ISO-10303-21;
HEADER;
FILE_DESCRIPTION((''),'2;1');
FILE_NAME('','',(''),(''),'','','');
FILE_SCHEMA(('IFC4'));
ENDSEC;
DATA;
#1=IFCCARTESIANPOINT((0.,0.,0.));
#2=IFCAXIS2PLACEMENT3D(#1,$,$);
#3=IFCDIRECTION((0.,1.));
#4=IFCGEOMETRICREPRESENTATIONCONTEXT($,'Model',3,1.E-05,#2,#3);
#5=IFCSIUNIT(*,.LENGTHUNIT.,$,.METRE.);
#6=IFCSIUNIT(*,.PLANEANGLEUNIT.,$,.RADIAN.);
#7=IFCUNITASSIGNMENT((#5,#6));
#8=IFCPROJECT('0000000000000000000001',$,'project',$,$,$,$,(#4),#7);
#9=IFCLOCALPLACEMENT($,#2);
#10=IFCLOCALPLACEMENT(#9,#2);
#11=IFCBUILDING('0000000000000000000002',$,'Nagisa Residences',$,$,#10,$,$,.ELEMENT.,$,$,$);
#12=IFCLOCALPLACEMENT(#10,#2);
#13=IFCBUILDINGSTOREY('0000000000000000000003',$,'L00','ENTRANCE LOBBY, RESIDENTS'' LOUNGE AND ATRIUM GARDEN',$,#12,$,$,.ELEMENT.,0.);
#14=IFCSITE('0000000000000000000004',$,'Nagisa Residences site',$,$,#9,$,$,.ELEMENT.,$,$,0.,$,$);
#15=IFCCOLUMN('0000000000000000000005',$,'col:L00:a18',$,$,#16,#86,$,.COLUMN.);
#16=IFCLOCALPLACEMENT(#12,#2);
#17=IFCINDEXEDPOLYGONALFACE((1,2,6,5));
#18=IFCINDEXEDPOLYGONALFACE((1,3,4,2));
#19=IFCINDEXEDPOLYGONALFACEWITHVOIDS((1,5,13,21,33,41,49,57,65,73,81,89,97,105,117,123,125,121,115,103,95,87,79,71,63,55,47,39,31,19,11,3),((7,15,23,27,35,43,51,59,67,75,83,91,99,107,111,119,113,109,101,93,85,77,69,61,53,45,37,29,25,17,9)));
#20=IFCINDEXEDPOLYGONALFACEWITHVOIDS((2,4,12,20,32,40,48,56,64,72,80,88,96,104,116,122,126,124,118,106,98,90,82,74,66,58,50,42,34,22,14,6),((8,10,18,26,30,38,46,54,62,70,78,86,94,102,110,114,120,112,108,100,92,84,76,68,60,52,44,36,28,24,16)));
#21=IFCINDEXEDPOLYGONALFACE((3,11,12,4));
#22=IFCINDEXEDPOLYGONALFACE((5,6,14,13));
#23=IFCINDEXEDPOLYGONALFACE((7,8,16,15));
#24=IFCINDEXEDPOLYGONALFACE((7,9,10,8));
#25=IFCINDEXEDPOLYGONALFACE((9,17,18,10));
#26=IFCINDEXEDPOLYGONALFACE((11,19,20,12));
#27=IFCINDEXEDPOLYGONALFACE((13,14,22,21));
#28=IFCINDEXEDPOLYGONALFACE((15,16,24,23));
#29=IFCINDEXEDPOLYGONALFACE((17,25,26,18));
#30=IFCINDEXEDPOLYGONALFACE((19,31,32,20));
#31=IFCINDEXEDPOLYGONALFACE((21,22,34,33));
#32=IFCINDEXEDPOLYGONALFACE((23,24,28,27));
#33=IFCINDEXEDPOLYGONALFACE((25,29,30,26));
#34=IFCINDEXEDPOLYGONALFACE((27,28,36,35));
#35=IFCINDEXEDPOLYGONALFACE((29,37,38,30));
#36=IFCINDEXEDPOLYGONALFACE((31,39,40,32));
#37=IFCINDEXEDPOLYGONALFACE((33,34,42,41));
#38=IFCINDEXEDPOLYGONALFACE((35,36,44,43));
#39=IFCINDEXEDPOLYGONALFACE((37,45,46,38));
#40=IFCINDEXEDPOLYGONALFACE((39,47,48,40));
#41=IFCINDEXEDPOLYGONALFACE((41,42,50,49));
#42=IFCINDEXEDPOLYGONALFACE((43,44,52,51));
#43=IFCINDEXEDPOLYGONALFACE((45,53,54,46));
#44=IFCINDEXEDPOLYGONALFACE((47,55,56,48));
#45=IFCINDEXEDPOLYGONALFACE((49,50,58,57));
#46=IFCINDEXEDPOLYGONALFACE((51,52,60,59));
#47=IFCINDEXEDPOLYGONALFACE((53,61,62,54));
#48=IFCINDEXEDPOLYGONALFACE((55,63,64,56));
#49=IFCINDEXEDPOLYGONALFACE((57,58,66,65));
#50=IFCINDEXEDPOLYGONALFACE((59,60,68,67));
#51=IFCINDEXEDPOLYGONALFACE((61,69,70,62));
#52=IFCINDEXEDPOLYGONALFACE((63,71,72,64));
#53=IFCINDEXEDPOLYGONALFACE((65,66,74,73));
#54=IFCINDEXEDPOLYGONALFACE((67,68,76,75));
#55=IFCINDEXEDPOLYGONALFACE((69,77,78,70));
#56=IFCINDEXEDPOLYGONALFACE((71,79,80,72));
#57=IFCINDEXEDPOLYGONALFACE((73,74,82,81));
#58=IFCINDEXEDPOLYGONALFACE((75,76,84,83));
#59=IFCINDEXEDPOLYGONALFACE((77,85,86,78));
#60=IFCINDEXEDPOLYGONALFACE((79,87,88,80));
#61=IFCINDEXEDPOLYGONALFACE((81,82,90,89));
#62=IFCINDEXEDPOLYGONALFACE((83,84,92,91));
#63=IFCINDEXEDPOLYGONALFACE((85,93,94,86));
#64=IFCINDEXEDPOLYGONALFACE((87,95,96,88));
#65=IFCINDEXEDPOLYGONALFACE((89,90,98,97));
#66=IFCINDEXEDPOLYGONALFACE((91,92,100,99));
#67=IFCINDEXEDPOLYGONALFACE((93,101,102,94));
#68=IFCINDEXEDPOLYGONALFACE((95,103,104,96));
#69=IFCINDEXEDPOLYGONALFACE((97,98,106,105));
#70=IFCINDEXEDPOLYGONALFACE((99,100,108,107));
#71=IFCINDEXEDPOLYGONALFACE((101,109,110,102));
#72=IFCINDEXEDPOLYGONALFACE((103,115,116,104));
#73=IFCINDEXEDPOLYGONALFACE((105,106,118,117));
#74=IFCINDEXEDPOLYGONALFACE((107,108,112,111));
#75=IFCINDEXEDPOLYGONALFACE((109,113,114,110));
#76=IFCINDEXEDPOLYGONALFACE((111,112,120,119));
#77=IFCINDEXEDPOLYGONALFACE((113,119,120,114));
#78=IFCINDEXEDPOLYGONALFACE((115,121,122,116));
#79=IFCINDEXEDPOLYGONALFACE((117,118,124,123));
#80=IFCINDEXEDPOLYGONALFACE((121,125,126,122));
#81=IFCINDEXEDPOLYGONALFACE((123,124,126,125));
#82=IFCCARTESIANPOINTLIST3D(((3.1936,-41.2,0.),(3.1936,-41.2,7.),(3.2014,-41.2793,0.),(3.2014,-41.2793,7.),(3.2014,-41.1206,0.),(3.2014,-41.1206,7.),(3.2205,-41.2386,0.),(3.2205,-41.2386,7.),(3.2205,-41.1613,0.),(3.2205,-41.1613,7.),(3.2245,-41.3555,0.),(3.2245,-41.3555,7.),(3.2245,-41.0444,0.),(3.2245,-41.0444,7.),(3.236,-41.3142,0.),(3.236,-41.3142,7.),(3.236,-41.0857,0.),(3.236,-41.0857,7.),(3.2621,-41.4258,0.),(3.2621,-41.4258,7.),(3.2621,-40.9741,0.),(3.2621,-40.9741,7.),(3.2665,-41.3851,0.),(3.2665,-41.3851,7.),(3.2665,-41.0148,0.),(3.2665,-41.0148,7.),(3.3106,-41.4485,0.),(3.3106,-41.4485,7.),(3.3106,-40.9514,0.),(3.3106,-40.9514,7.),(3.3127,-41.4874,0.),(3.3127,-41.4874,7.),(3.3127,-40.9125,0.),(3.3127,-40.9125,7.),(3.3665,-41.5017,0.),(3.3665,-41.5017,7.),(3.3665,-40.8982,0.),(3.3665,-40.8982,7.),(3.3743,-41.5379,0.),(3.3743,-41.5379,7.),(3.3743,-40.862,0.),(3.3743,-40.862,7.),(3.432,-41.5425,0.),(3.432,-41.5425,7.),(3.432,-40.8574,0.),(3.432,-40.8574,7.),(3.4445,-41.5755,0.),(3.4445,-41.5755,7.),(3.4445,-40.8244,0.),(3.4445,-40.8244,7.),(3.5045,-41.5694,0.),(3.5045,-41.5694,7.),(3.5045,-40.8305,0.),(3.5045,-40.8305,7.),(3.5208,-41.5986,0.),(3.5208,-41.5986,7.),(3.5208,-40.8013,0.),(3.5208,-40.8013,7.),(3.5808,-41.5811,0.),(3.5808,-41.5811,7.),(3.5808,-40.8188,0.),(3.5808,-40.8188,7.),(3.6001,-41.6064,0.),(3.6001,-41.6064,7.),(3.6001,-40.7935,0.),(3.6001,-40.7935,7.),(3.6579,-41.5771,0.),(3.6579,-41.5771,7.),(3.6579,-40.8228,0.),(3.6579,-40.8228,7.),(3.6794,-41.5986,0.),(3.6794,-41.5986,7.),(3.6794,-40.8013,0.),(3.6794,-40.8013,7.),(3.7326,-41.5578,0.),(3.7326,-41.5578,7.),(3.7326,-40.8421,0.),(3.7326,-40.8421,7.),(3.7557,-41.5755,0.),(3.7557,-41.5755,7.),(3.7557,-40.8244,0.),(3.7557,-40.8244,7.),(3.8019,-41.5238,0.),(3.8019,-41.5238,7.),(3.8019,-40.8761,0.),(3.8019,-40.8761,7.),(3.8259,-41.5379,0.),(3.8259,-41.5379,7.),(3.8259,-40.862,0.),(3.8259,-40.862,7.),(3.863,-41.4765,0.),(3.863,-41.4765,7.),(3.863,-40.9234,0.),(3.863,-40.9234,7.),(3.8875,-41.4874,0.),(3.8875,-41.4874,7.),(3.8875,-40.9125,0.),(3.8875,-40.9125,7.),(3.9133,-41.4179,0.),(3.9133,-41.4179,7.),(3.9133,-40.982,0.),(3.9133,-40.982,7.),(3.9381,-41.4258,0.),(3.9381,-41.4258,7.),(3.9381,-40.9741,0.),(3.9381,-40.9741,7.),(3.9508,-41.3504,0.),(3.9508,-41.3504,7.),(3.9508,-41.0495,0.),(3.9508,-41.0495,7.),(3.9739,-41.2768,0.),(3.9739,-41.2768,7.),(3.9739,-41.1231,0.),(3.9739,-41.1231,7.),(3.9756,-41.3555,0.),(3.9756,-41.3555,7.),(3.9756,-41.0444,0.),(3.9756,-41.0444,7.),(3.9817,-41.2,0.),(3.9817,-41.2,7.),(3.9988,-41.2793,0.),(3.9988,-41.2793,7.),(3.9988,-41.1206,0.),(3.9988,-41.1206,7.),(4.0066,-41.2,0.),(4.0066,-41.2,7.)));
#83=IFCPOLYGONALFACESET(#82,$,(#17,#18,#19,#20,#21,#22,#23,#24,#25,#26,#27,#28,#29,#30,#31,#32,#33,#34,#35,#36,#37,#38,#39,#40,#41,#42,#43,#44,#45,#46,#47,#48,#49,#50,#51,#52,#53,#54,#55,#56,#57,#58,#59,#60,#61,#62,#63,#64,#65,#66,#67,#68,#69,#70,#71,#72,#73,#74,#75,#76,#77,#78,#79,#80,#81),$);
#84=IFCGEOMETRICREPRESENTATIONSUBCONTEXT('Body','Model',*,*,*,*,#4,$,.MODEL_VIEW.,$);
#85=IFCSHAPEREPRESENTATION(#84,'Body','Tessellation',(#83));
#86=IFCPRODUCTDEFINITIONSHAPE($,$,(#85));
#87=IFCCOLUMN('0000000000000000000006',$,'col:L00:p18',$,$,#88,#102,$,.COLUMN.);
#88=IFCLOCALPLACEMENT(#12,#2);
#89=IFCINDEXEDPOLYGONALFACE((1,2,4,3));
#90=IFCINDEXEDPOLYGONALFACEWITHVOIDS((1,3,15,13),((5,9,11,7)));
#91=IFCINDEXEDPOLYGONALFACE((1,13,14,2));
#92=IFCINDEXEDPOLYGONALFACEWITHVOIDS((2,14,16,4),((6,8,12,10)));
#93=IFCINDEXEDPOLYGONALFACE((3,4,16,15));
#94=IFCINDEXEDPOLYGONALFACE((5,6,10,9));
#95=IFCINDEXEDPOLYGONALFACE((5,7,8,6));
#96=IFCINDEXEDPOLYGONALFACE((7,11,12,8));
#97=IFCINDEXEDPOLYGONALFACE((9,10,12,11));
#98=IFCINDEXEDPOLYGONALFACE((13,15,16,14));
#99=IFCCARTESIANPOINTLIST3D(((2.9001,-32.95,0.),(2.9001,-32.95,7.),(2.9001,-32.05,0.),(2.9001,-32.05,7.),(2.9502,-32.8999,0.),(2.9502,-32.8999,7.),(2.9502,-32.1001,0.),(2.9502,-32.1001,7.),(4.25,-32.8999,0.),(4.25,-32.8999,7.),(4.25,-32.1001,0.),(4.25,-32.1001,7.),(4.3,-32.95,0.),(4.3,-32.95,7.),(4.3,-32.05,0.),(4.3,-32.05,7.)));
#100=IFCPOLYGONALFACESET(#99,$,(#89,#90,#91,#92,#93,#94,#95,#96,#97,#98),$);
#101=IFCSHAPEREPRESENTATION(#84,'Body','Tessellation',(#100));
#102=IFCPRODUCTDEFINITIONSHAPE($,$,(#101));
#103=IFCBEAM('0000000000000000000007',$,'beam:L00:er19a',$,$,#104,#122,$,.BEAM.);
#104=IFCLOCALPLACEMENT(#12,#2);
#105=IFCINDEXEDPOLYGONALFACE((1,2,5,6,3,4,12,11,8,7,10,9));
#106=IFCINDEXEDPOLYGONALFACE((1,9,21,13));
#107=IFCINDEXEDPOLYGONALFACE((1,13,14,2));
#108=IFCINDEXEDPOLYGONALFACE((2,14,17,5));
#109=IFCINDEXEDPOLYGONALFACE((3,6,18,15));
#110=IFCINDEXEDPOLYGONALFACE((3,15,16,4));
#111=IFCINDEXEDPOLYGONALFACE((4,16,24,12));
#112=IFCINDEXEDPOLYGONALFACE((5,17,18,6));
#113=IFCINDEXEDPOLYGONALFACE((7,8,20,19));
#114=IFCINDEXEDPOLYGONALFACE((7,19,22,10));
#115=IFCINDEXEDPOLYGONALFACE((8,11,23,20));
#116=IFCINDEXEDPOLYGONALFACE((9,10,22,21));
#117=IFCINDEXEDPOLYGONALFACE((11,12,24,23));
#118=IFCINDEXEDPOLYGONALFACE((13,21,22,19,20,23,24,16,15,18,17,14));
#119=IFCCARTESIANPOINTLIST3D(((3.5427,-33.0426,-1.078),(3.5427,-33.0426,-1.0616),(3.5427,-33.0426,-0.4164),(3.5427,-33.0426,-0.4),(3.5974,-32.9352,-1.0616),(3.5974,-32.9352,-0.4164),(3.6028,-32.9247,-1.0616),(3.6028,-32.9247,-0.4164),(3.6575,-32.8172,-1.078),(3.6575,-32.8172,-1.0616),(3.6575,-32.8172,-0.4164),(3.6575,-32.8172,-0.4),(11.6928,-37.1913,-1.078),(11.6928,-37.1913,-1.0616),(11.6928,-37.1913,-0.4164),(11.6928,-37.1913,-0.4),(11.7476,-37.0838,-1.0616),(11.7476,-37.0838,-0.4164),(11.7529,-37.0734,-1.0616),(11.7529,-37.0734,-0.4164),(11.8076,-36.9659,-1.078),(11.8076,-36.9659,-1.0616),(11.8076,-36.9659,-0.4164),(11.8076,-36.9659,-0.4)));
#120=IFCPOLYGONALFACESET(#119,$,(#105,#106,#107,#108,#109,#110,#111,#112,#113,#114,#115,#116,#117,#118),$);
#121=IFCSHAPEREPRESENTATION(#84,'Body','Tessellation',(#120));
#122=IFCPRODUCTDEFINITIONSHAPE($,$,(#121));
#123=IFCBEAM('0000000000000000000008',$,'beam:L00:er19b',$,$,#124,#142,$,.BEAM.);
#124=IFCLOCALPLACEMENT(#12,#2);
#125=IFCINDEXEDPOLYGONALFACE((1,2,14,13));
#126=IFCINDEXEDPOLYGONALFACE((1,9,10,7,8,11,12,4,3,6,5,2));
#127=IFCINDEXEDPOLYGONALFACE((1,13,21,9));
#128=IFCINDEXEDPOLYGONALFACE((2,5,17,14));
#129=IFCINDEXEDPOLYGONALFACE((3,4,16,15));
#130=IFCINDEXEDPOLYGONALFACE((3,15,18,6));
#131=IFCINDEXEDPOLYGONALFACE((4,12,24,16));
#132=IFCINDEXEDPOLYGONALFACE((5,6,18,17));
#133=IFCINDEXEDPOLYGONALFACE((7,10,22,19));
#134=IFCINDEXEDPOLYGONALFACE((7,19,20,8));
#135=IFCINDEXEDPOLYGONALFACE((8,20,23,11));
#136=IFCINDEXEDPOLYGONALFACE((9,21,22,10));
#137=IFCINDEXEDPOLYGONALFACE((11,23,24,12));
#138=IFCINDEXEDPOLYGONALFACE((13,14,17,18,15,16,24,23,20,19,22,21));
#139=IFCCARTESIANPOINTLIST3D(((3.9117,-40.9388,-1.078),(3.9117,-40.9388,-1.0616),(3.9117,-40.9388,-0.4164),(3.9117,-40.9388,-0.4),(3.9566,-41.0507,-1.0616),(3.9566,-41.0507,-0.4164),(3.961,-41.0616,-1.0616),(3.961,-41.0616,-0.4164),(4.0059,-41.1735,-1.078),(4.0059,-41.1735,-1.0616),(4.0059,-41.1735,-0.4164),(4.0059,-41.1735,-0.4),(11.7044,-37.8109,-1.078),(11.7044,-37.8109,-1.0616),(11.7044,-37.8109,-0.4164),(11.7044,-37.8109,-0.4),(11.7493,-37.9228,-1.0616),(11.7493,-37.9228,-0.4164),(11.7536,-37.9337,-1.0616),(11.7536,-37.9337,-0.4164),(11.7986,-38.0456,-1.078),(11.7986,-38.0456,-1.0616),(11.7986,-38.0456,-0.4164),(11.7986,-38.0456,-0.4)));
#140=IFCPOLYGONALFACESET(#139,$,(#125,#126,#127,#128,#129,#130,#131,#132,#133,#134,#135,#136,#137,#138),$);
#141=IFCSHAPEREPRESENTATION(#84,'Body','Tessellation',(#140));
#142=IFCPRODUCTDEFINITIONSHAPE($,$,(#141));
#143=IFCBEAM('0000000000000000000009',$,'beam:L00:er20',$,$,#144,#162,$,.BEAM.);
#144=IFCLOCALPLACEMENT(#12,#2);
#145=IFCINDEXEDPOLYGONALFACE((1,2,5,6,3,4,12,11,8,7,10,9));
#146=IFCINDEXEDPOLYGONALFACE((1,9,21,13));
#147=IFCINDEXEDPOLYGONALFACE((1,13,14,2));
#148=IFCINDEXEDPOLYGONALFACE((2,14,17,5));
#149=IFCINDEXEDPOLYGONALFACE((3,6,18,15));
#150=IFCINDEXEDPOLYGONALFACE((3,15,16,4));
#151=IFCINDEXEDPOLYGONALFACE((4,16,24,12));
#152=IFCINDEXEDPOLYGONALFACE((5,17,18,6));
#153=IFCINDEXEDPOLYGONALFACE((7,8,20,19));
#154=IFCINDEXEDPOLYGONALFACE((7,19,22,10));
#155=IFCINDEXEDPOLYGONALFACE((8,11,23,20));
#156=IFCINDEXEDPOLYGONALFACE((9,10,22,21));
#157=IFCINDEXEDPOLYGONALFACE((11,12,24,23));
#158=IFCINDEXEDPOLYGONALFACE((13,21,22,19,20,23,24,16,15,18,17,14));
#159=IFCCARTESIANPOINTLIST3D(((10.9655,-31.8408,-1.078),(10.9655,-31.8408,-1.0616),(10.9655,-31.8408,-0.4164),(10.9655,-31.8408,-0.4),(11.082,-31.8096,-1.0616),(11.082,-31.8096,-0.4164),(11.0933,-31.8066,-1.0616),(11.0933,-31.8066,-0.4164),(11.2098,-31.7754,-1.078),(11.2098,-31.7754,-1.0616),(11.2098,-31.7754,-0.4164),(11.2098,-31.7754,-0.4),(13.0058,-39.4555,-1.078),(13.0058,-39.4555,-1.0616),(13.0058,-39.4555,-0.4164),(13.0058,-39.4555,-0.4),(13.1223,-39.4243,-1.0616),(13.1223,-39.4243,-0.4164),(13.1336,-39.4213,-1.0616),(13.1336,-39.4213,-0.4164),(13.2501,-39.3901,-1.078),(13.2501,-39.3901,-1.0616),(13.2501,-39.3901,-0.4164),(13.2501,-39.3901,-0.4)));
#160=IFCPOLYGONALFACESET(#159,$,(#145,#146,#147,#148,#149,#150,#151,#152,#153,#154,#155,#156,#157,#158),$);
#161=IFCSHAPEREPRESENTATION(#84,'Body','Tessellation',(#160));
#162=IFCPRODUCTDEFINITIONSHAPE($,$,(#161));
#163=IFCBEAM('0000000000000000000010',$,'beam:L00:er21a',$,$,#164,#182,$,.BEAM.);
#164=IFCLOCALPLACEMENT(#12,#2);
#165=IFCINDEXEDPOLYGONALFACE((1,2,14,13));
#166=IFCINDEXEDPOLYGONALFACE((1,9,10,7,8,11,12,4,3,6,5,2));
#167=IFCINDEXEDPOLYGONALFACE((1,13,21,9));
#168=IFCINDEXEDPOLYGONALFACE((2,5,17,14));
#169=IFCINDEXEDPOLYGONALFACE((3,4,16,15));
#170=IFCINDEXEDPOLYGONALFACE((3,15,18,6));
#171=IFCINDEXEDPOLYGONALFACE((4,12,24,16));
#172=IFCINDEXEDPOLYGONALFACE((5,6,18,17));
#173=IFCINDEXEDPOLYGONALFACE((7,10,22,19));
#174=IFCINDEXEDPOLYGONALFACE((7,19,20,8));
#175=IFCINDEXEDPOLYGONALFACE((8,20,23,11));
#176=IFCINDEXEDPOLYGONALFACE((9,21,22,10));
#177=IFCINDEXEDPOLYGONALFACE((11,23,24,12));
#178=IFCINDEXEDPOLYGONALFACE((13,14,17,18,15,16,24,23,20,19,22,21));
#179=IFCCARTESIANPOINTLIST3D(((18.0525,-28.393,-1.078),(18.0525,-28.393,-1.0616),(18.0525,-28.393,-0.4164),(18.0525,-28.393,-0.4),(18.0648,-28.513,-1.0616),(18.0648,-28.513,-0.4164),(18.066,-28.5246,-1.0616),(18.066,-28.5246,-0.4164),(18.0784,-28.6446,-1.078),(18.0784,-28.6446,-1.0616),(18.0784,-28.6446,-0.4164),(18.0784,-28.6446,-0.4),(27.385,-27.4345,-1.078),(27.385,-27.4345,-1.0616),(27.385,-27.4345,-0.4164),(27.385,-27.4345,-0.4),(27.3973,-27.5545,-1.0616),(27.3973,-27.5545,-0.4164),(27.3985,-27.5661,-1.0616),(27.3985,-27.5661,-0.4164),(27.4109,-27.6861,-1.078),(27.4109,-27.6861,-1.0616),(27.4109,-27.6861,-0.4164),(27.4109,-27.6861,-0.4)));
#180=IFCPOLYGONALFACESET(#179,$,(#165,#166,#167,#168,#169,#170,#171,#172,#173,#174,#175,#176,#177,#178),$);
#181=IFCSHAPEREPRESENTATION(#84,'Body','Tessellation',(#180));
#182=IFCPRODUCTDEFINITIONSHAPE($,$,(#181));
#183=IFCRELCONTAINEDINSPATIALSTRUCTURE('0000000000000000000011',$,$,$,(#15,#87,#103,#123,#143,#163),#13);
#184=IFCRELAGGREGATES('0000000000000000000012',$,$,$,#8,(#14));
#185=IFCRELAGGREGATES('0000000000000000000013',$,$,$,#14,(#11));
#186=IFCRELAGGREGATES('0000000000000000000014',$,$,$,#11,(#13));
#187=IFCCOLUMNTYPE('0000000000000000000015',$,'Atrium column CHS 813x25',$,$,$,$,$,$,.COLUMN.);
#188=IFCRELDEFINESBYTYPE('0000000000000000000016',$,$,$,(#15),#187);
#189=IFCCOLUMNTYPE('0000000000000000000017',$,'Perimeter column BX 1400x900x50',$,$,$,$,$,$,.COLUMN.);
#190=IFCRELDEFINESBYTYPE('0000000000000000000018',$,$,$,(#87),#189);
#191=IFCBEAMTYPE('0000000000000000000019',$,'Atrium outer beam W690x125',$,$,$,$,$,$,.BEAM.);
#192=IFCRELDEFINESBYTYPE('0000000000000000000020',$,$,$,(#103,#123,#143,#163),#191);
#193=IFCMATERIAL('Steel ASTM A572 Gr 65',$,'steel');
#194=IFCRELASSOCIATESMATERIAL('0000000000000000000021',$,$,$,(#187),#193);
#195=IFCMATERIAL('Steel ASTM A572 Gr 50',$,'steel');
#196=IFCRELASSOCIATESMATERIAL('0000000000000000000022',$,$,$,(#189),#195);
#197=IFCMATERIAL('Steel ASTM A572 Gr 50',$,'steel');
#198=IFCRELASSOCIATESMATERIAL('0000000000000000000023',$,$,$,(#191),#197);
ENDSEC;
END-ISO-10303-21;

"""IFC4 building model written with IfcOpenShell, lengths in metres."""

from ifc_helpers import new_model, si_unit, direction, frame, origin, origin_2d, place, context, subcontext, project, spatial, hollow_rectangle, hollow_circle, i_section, extrude, material, material_profile, profile_set, type_object, element, save


model = new_model("IFC4")

# Units and contexts
model_context = context("Model", 3, precision=1e-05, world=origin(), true_north=direction((0.0, 1.0)))
body_context = subcontext(model_context, "Body", "Model", "MODEL_VIEW")
ifc_project = project(units=[si_unit("LENGTHUNIT", "METRE"), si_unit("PLANEANGLEUNIT", "RADIAN")], contexts=[model_context])

# Site, building, storey
site_placement = place(None, origin())
site = spatial("IfcSite", under=ifc_project, at=site_placement, Name="Nagisa Residences site", CompositionType="ELEMENT", RefElevation=0.0)
building_placement = place(site_placement, origin())
building = spatial("IfcBuilding", under=site, at=building_placement, Name="Nagisa Residences", CompositionType="ELEMENT")
storey_placement = place(building_placement, origin())
storey = spatial("IfcBuildingStorey", under=building, at=storey_placement, Name="L00", Description="ENTRANCE LOBBY, RESIDENTS' LOUNGE AND ATRIUM GARDEN", CompositionType="ELEMENT", Elevation=0.0)

# Columns
ifc_material_1 = material(Name="Steel ASTM A572 Gr 65", Category="steel")
ifc_material_profile_1 = material_profile(ifc_material_1, hollow_circle(Radius=0.4065, WallThickness=0.0249, at=origin_2d()), Name="CHS 813x25")
ifc_profile_set_1 = profile_set([ifc_material_profile_1], Name="Steel ASTM A572 Gr 65")
column_type_1 = type_object("IfcColumnType", Name="Atrium column CHS 813x25", PredefinedType="COLUMN", material=ifc_profile_set_1)
column_1_placement = place(storey_placement, frame((3.6001, -41.2, 0.0), z_axis=(0.0, 0.0, 1.0), x_axis=(1.0, 0.0, 0.0)))
element("IfcColumn", 1, at=column_1_placement, inside=storey, type_object=column_type_1, Name="col:L00:a18", PredefinedType="COLUMN", context=body_context, shape_type="SweptSolid", body=[
    extrude(hollow_circle(Radius=0.4065, WallThickness=0.0249, at=origin_2d()), origin(), (0.0, 0.0, 1.0), 7.0),
])
ifc_material_2 = material(Name="Steel ASTM A572 Gr 50", Category="steel")
ifc_material_profile_2 = material_profile(ifc_material_2, hollow_rectangle(XDim=1.3999, YDim=0.8999, WallThickness=0.05, at=origin_2d()), Name="BX 1400x900x50")
ifc_profile_set_2 = profile_set([ifc_material_profile_2], Name="Steel ASTM A572 Gr 50")
column_type_2 = type_object("IfcColumnType", Name="Perimeter column BX 1400x900x50", PredefinedType="COLUMN", material=ifc_profile_set_2)
column_2_placement = place(storey_placement, frame((3.6001, -32.5, 0.0), z_axis=(0.0, 0.0, 1.0), x_axis=(1.0, 0.0, 0.0)))
element("IfcColumn", 2, at=column_2_placement, inside=storey, type_object=column_type_2, Name="col:L00:p18", PredefinedType="COLUMN", context=body_context, shape_type="SweptSolid", body=[
    extrude(hollow_rectangle(XDim=1.3999, YDim=0.8999, WallThickness=0.05, at=origin_2d()), origin(), (0.0, 0.0, 1.0), 7.0),
])

# Beams
ifc_material_3 = material(Name="Steel ASTM A572 Gr 50", Category="steel")
ifc_material_profile_3 = material_profile(ifc_material_3, i_section(OverallWidth=0.2529, OverallDepth=0.678, WebThickness=0.0117, FlangeThickness=0.0164, at=origin_2d()), Name="W690x125")
ifc_profile_set_3 = profile_set([ifc_material_profile_3], Name="Steel ASTM A572 Gr 50")
beam_type_1 = type_object("IfcBeamType", Name="Atrium outer beam W690x125", PredefinedType="BEAM", material=ifc_profile_set_3)
beam_1_placement = place(storey_placement, frame((3.6001, -32.9299, -0.739), z_axis=(0.891185, -0.453641, 0.0), x_axis=(0.453641, 0.891185, 0.0)))
element("IfcBeam", 3, at=beam_1_placement, inside=storey, type_object=beam_type_1, Name="beam:L00:er19a", PredefinedType="BEAM", context=body_context, shape_type="SweptSolid", body=[
    extrude(i_section(OverallWidth=0.2529, OverallDepth=0.678, WebThickness=0.0117, FlangeThickness=0.0164, at=origin_2d()), origin(), (0.0, 0.0, 1.0), 9.1453),
])
beam_2_placement = place(storey_placement, frame((11.7515, -37.9282, -0.739), z_axis=(-0.928031, -0.372503, 0.0), x_axis=(0.372503, -0.928031, 0.0)))
element("IfcBeam", 4, at=beam_2_placement, inside=storey, type_object=beam_type_1, Name="beam:L00:er19b", PredefinedType="BEAM", context=body_context, shape_type="SweptSolid", body=[
    extrude(i_section(OverallWidth=0.2529, OverallDepth=0.678, WebThickness=0.0117, FlangeThickness=0.0164, at=origin_2d()), origin(), (0.0, 0.0, 1.0), 8.397),
])
beam_3_placement = place(storey_placement, frame((11.0876, -31.8081, -0.739), z_axis=(0.258809, -0.965928, 0.0), x_axis=(0.965928, 0.258809, 0.0)))
element("IfcBeam", 5, at=beam_3_placement, inside=storey, type_object=beam_type_1, Name="beam:L00:er20", PredefinedType="BEAM", context=body_context, shape_type="SweptSolid", body=[
    extrude(i_section(OverallWidth=0.2529, OverallDepth=0.678, WebThickness=0.0117, FlangeThickness=0.0164, at=origin_2d()), origin(), (0.0, 0.0, 1.0), 7.8833),
])
beam_4_placement = place(storey_placement, frame((18.0654, -28.5188, -0.739), z_axis=(0.994767, 0.102168, 0.0), x_axis=(-0.102168, 0.994767, 0.0)))
element("IfcBeam", 6, at=beam_4_placement, inside=storey, type_object=beam_type_1, Name="beam:L00:er21a", PredefinedType="BEAM", context=body_context, shape_type="SweptSolid", body=[
    extrude(i_section(OverallWidth=0.2529, OverallDepth=0.678, WebThickness=0.0117, FlangeThickness=0.0164, at=origin_2d()), origin(), (0.0, 0.0, 1.0), 9.3816),
])

save(model, "model.ifc")
